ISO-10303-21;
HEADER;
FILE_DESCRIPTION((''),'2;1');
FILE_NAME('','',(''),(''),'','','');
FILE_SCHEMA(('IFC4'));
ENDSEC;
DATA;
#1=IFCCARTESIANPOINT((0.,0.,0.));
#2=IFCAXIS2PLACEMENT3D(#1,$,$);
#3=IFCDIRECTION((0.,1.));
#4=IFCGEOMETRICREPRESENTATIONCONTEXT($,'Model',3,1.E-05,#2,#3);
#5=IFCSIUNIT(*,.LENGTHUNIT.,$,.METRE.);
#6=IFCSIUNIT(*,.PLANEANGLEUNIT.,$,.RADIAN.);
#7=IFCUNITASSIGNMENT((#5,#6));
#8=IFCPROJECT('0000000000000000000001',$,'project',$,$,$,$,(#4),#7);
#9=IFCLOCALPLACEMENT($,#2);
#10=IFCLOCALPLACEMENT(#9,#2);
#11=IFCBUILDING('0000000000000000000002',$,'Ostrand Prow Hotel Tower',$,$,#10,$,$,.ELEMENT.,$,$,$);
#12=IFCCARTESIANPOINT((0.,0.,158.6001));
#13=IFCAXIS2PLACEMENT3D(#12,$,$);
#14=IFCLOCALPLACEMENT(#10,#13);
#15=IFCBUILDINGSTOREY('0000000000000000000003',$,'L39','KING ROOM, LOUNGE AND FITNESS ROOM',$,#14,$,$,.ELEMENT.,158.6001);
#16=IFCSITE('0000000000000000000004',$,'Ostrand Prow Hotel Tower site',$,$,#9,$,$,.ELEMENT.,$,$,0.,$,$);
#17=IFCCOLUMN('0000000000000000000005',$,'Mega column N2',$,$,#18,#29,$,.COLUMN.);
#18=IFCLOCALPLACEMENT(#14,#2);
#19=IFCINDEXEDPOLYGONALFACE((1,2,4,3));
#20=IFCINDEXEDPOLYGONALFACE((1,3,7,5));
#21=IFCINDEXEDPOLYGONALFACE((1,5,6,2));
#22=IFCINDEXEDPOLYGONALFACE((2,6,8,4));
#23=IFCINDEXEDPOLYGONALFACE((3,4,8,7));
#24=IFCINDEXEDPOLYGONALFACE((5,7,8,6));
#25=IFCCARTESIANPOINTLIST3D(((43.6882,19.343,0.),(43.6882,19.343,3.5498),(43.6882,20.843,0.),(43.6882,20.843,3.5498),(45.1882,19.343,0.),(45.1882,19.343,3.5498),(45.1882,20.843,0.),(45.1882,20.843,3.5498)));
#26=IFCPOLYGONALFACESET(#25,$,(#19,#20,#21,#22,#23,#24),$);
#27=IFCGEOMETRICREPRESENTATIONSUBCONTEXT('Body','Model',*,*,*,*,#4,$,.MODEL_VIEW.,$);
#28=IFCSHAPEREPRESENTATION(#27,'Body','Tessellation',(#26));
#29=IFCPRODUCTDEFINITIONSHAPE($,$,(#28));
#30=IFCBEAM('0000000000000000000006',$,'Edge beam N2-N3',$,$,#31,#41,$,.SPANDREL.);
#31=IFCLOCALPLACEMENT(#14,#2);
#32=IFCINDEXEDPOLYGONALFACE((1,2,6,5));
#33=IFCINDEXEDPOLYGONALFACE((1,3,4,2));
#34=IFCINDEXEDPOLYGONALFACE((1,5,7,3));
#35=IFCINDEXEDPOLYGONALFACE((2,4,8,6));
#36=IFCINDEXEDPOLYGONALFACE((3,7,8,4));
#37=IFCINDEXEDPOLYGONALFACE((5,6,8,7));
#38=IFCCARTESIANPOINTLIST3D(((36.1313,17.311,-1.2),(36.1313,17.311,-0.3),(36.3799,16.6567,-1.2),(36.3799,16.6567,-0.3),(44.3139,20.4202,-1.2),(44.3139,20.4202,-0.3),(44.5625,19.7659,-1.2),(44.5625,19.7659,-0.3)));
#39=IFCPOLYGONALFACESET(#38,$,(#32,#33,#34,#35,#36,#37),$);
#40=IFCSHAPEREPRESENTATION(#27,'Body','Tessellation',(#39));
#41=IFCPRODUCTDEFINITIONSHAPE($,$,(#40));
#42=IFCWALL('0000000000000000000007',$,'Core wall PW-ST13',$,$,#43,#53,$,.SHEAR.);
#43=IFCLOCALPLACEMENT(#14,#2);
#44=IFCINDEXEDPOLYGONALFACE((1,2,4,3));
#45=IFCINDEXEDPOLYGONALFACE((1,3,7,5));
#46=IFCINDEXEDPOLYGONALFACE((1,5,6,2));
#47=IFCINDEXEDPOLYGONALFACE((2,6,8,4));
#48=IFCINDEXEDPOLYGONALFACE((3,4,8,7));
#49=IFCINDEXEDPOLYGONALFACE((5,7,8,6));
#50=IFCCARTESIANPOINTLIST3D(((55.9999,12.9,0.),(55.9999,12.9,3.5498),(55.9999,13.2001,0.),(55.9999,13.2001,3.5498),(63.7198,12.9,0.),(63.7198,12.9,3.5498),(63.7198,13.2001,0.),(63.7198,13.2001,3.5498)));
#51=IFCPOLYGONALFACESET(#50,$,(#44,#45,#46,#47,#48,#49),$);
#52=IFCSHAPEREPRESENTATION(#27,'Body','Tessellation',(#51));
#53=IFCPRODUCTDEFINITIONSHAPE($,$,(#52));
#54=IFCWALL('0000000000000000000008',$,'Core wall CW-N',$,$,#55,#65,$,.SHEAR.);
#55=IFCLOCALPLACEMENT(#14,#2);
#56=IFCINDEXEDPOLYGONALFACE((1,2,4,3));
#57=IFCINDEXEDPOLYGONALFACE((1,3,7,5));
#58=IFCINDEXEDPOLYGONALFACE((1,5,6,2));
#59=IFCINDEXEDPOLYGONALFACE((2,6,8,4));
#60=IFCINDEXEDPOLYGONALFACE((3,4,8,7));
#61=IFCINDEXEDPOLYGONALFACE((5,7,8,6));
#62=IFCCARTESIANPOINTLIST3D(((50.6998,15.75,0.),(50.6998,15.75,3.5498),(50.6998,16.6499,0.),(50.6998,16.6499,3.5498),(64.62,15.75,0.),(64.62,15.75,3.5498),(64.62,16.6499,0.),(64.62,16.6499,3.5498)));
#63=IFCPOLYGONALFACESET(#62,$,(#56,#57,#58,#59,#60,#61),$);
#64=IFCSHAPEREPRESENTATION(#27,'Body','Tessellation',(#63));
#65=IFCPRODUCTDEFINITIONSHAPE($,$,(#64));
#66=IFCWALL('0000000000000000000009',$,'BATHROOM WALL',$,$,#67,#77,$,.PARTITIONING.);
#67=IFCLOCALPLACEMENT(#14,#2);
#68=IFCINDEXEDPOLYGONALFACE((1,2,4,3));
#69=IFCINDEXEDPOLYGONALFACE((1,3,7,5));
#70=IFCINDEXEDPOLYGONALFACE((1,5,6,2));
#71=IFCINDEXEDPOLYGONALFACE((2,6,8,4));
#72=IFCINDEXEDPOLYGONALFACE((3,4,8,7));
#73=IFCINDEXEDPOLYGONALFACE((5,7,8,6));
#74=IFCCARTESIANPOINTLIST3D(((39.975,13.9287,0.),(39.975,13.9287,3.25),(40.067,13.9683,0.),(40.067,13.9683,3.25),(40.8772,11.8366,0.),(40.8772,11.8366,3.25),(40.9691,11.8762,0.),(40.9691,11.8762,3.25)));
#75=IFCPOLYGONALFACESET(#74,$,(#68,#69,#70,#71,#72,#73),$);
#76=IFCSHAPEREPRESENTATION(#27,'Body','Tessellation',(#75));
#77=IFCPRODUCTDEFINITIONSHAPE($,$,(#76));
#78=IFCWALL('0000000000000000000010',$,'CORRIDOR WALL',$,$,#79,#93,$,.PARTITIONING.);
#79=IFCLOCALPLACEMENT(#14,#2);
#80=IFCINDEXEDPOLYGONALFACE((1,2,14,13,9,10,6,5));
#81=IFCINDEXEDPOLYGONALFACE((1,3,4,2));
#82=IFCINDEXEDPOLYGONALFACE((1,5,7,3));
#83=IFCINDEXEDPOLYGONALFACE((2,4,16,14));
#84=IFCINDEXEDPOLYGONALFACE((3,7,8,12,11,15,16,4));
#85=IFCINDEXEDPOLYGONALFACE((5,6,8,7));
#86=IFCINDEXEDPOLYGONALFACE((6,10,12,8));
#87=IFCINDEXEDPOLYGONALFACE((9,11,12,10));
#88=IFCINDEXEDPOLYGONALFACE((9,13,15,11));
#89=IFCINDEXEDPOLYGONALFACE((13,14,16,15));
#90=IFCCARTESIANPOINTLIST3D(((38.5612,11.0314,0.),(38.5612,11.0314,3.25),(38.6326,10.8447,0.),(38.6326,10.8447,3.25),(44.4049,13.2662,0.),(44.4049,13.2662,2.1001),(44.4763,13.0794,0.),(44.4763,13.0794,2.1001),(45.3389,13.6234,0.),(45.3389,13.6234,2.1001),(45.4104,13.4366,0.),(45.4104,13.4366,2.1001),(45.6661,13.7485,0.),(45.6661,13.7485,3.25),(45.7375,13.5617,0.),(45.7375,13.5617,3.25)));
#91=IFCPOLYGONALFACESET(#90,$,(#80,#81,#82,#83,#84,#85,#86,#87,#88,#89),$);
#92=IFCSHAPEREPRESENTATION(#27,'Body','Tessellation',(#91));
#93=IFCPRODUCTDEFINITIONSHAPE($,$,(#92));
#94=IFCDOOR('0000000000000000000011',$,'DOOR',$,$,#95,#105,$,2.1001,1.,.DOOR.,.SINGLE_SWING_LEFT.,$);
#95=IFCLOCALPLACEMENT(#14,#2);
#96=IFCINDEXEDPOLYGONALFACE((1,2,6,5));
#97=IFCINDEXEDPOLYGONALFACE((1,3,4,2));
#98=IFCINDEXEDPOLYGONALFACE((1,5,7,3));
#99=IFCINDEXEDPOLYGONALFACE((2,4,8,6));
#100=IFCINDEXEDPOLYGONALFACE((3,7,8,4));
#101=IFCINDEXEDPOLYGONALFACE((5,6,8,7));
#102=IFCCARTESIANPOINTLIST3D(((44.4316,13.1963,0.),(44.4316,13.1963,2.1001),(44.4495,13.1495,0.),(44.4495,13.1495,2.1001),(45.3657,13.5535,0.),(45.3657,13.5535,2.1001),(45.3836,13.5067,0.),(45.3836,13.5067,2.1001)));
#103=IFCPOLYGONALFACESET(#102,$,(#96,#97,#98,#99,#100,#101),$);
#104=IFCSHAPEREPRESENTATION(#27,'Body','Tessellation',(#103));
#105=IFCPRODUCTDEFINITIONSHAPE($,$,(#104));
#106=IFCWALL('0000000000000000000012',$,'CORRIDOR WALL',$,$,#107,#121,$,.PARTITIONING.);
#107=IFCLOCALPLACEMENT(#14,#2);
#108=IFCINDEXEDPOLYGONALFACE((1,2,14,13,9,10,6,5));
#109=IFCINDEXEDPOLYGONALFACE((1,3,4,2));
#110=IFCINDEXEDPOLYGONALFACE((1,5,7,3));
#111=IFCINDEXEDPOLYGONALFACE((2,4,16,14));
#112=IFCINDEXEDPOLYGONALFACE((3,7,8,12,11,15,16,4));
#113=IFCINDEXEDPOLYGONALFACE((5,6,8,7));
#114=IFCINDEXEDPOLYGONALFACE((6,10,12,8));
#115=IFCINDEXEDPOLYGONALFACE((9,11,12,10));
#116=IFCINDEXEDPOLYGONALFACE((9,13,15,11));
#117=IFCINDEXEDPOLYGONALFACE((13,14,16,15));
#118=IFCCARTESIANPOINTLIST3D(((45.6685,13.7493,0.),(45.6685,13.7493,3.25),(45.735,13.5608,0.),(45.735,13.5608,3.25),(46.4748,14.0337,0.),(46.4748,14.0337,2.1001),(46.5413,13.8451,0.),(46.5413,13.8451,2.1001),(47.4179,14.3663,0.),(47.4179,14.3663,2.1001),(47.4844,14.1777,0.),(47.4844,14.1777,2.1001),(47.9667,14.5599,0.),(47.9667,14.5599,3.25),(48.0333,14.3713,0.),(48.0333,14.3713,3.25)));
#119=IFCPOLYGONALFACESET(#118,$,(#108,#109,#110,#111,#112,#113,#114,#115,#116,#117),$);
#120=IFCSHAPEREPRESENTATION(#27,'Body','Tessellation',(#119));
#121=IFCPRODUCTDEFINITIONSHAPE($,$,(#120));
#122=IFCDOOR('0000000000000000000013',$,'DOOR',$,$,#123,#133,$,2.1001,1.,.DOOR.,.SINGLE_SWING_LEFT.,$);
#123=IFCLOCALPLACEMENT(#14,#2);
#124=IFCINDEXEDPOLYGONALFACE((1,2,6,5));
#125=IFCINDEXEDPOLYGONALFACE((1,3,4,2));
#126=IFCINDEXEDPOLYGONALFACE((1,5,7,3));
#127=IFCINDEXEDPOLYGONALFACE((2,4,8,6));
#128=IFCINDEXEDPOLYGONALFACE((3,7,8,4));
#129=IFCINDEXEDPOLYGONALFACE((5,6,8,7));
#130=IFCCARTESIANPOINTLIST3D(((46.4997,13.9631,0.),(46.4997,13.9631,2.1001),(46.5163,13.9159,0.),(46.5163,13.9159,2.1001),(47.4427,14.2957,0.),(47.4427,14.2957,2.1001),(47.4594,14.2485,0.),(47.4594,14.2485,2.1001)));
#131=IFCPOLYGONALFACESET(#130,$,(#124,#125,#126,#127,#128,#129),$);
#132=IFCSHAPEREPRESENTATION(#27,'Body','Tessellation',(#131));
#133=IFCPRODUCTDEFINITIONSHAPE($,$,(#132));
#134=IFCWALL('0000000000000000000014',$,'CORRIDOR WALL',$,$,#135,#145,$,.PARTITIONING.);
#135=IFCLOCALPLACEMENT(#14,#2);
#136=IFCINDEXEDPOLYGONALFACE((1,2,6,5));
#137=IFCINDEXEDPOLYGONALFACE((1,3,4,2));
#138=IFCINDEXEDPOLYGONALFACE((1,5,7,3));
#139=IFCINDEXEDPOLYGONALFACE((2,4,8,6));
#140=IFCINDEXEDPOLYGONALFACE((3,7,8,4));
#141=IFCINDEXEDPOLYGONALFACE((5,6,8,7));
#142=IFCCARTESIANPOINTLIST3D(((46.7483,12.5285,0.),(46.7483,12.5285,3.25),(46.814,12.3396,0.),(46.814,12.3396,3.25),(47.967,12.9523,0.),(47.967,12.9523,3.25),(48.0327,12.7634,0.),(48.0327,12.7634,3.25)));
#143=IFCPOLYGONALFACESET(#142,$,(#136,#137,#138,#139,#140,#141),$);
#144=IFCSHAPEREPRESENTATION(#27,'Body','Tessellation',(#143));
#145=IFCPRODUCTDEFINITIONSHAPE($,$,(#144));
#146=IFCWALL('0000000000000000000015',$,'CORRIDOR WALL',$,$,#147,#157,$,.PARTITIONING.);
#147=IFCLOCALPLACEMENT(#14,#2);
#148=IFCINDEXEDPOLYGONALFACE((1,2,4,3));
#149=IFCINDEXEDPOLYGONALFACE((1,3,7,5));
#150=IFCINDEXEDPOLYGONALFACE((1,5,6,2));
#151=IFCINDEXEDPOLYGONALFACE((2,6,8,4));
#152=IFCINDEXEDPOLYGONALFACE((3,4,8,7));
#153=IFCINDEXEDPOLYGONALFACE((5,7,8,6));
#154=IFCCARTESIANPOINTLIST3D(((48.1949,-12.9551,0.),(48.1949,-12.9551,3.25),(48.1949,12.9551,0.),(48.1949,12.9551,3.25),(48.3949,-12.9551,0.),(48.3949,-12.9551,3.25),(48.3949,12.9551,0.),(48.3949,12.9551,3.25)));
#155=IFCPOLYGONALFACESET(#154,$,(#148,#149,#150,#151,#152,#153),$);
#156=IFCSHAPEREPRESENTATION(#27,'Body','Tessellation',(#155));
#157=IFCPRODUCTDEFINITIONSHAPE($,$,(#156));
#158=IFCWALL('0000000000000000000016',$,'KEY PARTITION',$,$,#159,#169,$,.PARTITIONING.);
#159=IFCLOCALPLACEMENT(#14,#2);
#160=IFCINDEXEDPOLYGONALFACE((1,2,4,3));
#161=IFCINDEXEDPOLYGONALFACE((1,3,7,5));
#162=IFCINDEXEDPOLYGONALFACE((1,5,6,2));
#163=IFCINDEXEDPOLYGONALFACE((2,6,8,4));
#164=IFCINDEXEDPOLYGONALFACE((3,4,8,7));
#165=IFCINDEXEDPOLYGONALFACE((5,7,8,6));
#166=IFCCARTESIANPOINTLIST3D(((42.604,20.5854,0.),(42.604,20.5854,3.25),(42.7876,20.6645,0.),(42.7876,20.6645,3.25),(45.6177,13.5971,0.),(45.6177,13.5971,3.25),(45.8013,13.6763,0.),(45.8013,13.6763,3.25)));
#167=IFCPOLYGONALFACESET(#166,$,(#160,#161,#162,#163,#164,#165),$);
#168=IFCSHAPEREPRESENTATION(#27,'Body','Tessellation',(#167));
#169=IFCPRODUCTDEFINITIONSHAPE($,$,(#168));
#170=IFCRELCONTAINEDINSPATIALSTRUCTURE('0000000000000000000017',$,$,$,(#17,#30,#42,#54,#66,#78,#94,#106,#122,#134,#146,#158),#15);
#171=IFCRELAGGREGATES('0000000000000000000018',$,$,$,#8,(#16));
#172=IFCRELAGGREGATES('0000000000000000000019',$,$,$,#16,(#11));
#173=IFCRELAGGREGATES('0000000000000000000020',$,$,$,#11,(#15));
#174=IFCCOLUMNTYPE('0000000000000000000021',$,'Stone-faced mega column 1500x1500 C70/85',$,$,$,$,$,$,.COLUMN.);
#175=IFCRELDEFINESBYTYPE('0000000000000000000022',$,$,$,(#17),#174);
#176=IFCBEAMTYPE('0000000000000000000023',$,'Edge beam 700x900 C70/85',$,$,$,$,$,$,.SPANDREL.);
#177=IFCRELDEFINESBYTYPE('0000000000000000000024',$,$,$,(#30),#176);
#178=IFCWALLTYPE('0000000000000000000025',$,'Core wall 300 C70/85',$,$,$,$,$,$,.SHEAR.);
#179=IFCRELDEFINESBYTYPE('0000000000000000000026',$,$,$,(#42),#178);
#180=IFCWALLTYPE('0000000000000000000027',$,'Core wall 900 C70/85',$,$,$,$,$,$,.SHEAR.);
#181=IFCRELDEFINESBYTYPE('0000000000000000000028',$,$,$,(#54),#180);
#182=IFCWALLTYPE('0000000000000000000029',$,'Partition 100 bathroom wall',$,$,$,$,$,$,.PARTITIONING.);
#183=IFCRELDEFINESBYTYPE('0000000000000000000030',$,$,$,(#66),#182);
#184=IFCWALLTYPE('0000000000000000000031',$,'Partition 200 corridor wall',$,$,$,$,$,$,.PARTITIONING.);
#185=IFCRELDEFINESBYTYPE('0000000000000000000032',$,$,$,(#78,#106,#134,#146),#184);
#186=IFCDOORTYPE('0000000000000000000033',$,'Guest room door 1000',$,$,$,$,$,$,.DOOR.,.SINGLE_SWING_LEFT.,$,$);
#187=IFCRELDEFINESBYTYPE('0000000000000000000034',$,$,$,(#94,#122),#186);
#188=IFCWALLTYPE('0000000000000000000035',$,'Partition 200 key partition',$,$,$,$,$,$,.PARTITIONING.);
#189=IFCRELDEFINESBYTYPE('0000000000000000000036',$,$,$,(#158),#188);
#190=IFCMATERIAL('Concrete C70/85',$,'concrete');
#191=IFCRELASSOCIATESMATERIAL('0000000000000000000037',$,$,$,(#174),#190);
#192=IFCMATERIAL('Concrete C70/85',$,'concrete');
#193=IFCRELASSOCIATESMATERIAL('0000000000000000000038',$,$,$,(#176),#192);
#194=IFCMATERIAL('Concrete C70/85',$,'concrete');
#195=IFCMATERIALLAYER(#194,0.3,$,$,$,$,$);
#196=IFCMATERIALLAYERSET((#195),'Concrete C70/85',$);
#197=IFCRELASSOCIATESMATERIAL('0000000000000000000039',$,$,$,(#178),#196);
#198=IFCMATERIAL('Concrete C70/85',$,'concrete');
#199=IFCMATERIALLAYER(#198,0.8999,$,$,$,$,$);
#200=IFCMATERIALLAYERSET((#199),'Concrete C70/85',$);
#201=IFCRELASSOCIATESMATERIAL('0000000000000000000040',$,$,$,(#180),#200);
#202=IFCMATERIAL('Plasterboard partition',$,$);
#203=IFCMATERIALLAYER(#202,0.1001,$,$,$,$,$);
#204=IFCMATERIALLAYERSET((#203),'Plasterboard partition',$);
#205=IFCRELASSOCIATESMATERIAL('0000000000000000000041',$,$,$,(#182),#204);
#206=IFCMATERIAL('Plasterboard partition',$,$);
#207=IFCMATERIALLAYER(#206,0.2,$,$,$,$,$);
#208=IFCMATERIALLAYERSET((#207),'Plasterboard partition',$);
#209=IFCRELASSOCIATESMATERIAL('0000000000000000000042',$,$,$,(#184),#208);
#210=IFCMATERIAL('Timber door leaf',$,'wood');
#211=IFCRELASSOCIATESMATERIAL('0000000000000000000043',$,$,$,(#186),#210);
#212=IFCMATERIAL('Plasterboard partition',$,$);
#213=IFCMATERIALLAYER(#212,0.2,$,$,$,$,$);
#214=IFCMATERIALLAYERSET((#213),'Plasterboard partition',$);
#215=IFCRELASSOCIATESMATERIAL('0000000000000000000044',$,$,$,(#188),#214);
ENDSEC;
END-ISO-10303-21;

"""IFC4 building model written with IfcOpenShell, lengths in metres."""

from ifc_helpers import new_model, si_unit, direction, frame, frame_2d, origin, origin_2d, place, context, subcontext, project, spatial, rectangle, extrude, material, layer, layer_set, material_profile, profile_set, type_object, element, fill, save


model = new_model("IFC4")

# Units and contexts
model_context = context("Model", 3, precision=1e-05, world=origin(), true_north=direction((0.0, 1.0)))
body_context = subcontext(model_context, "Body", "Model", "MODEL_VIEW")
ifc_project = project(units=[si_unit("LENGTHUNIT", "METRE"), si_unit("PLANEANGLEUNIT", "RADIAN")], contexts=[model_context])

# Site, building, storey
site_placement = place(None, origin())
site = spatial("IfcSite", under=ifc_project, at=site_placement, Name="Ostrand Prow Hotel Tower site", CompositionType="ELEMENT", RefElevation=0.0)
building_placement = place(site_placement, origin())
building = spatial("IfcBuilding", under=site, at=building_placement, Name="Ostrand Prow Hotel Tower", CompositionType="ELEMENT")
storey_placement = place(building_placement, frame((0.0, 0.0, 158.6001)))
storey = spatial("IfcBuildingStorey", under=building, at=storey_placement, Name="L39", Description="KING ROOM, LOUNGE AND FITNESS ROOM", CompositionType="ELEMENT", Elevation=158.6001)

# Column
ifc_material_1 = material(Name="Concrete C70/85", Category="concrete")
ifc_material_profile_1 = material_profile(ifc_material_1, rectangle(XDim=1.5, YDim=1.5, at=origin_2d()), Name="RC 1500x1500")
ifc_profile_set_1 = profile_set([ifc_material_profile_1], Name="Concrete C70/85")
column_type = type_object("IfcColumnType", Name="Stone-faced mega column 1500x1500 C70/85", PredefinedType="COLUMN", material=ifc_profile_set_1)
column_placement = place(storey_placement, frame((44.4382, 20.093, 0.0), z_axis=(0.0, 0.0, 1.0), x_axis=(1.0, 0.0, 0.0)))
element("IfcColumn", 1, at=column_placement, inside=storey, type_object=column_type, Name="Mega column N2", PredefinedType="COLUMN", context=body_context, shape_type="SweptSolid", body=[
    extrude(rectangle(XDim=1.5, YDim=1.5, at=origin_2d()), origin(), (0.0, 0.0, 1.0), 3.5498),
])

# Beam
ifc_material_2 = material(Name="Concrete C70/85", Category="concrete")
ifc_material_profile_2 = material_profile(ifc_material_2, rectangle(XDim=0.7, YDim=0.8999, at=origin_2d()), Name="RC 700x900")
ifc_profile_set_2 = profile_set([ifc_material_profile_2], Name="Concrete C70/85")
beam_type = type_object("IfcBeamType", Name="Edge beam 700x900 C70/85", PredefinedType="SPANDREL", material=ifc_profile_set_2)
beam_placement = place(storey_placement, frame((44.4382, 20.093, -0.75), z_axis=(-0.934794, -0.355191, 0.0), x_axis=(0.355191, -0.934794, 0.0)))
element("IfcBeam", 2, at=beam_placement, inside=storey, type_object=beam_type, Name="Edge beam N2-N3", PredefinedType="SPANDREL", context=body_context, shape_type="SweptSolid", body=[
    extrude(rectangle(XDim=0.7, YDim=0.8999, at=origin_2d()), origin(), (0.0, 0.0, 1.0), 8.7534),
])

# Walls
ifc_material_3 = material(Name="Concrete C70/85", Category="concrete")
ifc_layer_1 = layer(ifc_material_3, 0.3)
ifc_layer_set_1 = layer_set([ifc_layer_1], Name="Concrete C70/85")
wall_type_1 = type_object("IfcWallType", Name="Core wall 300 C70/85", PredefinedType="SHEAR", material=ifc_layer_set_1)
wall_1_placement = place(storey_placement, frame((56.0, 13.05, 0.0), z_axis=(0.0, 0.0, 1.0), x_axis=(1.0, 0.0, 0.0)))
element("IfcWall", 3, at=wall_1_placement, inside=storey, type_object=wall_type_1, Name="Core wall PW-ST13", PredefinedType="SHEAR", context=body_context, shape_type="SweptSolid", body=[
    extrude(rectangle(XDim=7.72, YDim=0.3, at=frame_2d((3.8599, 0.0))), origin(), (0.0, 0.0, 1.0), 3.5498),
])
ifc_material_4 = material(Name="Concrete C70/85", Category="concrete")
ifc_layer_2 = layer(ifc_material_4, 0.8999)
ifc_layer_set_2 = layer_set([ifc_layer_2], Name="Concrete C70/85")
wall_type_2 = type_object("IfcWallType", Name="Core wall 900 C70/85", PredefinedType="SHEAR", material=ifc_layer_set_2)
wall_2_placement = place(storey_placement, frame((50.7, 16.2, 0.0), z_axis=(0.0, 0.0, 1.0), x_axis=(1.0, 0.0, 0.0)))
element("IfcWall", 4, at=wall_2_placement, inside=storey, type_object=wall_type_2, Name="Core wall CW-N", PredefinedType="SHEAR", context=body_context, shape_type="SweptSolid", body=[
    extrude(rectangle(XDim=13.9202, YDim=0.8999, at=frame_2d((6.96, 0.0))), origin(), (0.0, 0.0, 1.0), 3.5498),
])
ifc_material_5 = material(Name="Plasterboard partition")
ifc_layer_3 = layer(ifc_material_5, 0.1001)
ifc_layer_set_3 = layer_set([ifc_layer_3], Name="Plasterboard partition")
wall_type_3 = type_object("IfcWallType", Name="Partition 100 bathroom wall", PredefinedType="PARTITIONING", material=ifc_layer_set_3)
wall_3_placement = place(storey_placement, frame((40.021, 13.9485, 0.0), z_axis=(0.0, 0.0, 1.0), x_axis=(0.395962, -0.918267, 0.0)))
element("IfcWall", 5, at=wall_3_placement, inside=storey, type_object=wall_type_3, Name="BATHROOM WALL", PredefinedType="PARTITIONING", context=body_context, shape_type="SweptSolid", body=[
    extrude(rectangle(XDim=2.2783, YDim=0.1001, at=frame_2d((1.1392, 0.0))), origin(), (0.0, 0.0, 1.0), 3.25),
])

# Walls, openings, doors
ifc_material_6 = material(Name="Plasterboard partition")
ifc_layer_4 = layer(ifc_material_6, 0.2)
ifc_layer_set_4 = layer_set([ifc_layer_4], Name="Plasterboard partition")
wall_type_4 = type_object("IfcWallType", Name="Partition 200 corridor wall", PredefinedType="PARTITIONING", material=ifc_layer_set_4)
wall_4_placement = place(storey_placement, frame((45.7017, 13.655, 0.0), z_axis=(0.0, 0.0, 1.0), x_axis=(-0.934033, -0.357187, 0.0)))
wall_4 = element("IfcWall", 6, at=wall_4_placement, inside=storey, type_object=wall_type_4, Name="CORRIDOR WALL", PredefinedType="PARTITIONING", context=body_context, shape_type="SweptSolid", body=[
    extrude(rectangle(XDim=7.6067, YDim=0.2, at=frame_2d((3.8032, 0.0))), origin(), (0.0, 0.0, 1.0), 3.25),
])
opening_1_placement = place(wall_4_placement, frame((0.3501, 0.0, 0.0)))
opening_1 = element("IfcOpeningElement", 7, at=opening_1_placement, cuts=wall_4, PredefinedType="OPENING", context=body_context, shape_type="SweptSolid", body=[
    extrude(rectangle(XDim=1.0, YDim=2.1001, at=frame_2d((0.5, 1.05))), frame((0.0, 0.1099, 0.0), z_axis=(0.0, -1.0, 0.0), x_axis=(1.0, 0.0, 0.0)), (0.0, 0.0, 1.0), 0.22),
])
ifc_material_7 = material(Name="Timber door leaf", Category="wood")
door_type = type_object("IfcDoorType", Name="Guest room door 1000", OperationType="SINGLE_SWING_LEFT", PredefinedType="DOOR", material=ifc_material_7)
door_1_placement = place(opening_1_placement, origin())
door_1 = element("IfcDoor", 8, at=door_1_placement, inside=storey, type_object=door_type, Name="DOOR", OperationType="SINGLE_SWING_LEFT", OverallHeight=2.1001, OverallWidth=1.0, PredefinedType="DOOR", context=body_context, shape_type="SweptSolid", body=[
    extrude(rectangle(XDim=1.0, YDim=2.1001, at=frame_2d((0.5, 1.05))), frame((0.0, 0.0249, 0.0), z_axis=(0.0, -1.0, 0.0), x_axis=(1.0, 0.0, 0.0)), (0.0, 0.0, 1.0), 0.05),
])
fill(opening_1, door_1)
wall_5_placement = place(storey_placement, frame((48.0, 14.4656, 0.0), z_axis=(0.0, 0.0, 1.0), x_axis=(-0.943072, -0.33259, 0.0)))
wall_5 = element("IfcWall", 9, at=wall_5_placement, inside=storey, type_object=wall_type_4, Name="CORRIDOR WALL", PredefinedType="PARTITIONING", context=body_context, shape_type="SweptSolid", body=[
    extrude(rectangle(XDim=2.437, YDim=0.2, at=frame_2d((1.2185, 0.0))), origin(), (0.0, 0.0, 1.0), 3.25),
])
opening_2_placement = place(wall_5_placement, frame((0.582, 0.0, 0.0)))
opening_2 = element("IfcOpeningElement", 10, at=opening_2_placement, cuts=wall_5, PredefinedType="OPENING", context=body_context, shape_type="SweptSolid", body=[
    extrude(rectangle(XDim=1.0, YDim=2.1001, at=frame_2d((0.5, 1.05))), frame((0.0, 0.1099, 0.0), z_axis=(0.0, -1.0, 0.0), x_axis=(1.0, 0.0, 0.0)), (0.0, 0.0, 1.0), 0.22),
])
door_2_placement = place(opening_2_placement, origin())
door_2 = element("IfcDoor", 11, at=door_2_placement, inside=storey, type_object=door_type, Name="DOOR", OperationType="SINGLE_SWING_LEFT", OverallHeight=2.1001, OverallWidth=1.0, PredefinedType="DOOR", context=body_context, shape_type="SweptSolid", body=[
    extrude(rectangle(XDim=1.0, YDim=2.1001, at=frame_2d((0.5, 1.05))), frame((0.0, 0.0249, 0.0), z_axis=(0.0, -1.0, 0.0), x_axis=(1.0, 0.0, 0.0)), (0.0, 0.0, 1.0), 0.05),
])
fill(opening_2, door_2)

# Walls
wall_6_placement = place(storey_placement, frame((46.7812, 12.4341, 0.0), z_axis=(0.0, 0.0, 1.0), x_axis=(0.944517, 0.328462, 0.0)))
element("IfcWall", 12, at=wall_6_placement, inside=storey, type_object=wall_type_4, Name="CORRIDOR WALL", PredefinedType="PARTITIONING", context=body_context, shape_type="SweptSolid", body=[
    extrude(rectangle(XDim=1.2903, YDim=0.2, at=frame_2d((0.645, 0.0))), origin(), (0.0, 0.0, 1.0), 3.25),
])
wall_7_placement = place(storey_placement, frame((48.2949, 12.9551, 0.0), z_axis=(0.0, 0.0, 1.0), x_axis=(0.0, -1.0, 0.0)))
element("IfcWall", 13, at=wall_7_placement, inside=storey, type_object=wall_type_4, Name="CORRIDOR WALL", PredefinedType="PARTITIONING", context=body_context, shape_type="SweptSolid", body=[
    extrude(rectangle(XDim=25.9102, YDim=0.2, at=frame_2d((12.9551, 0.0))), origin(), (0.0, 0.0, 1.0), 3.25),
])
ifc_material_8 = material(Name="Plasterboard partition")
ifc_layer_5 = layer(ifc_material_8, 0.2)
ifc_layer_set_5 = layer_set([ifc_layer_5], Name="Plasterboard partition")
wall_type_5 = type_object("IfcWallType", Name="Partition 200 key partition", PredefinedType="PARTITIONING", material=ifc_layer_set_5)
wall_8_placement = place(storey_placement, frame((45.7095, 13.6367, 0.0), z_axis=(0.0, 0.0, 1.0), x_axis=(-0.395994, 0.918253, 0.0)))
element("IfcWall", 14, at=wall_8_placement, inside=storey, type_object=wall_type_5, Name="KEY PARTITION", PredefinedType="PARTITIONING", context=body_context, shape_type="SweptSolid", body=[
    extrude(rectangle(XDim=7.6104, YDim=0.2, at=frame_2d((3.8052, 0.0))), origin(), (0.0, 0.0, 1.0), 3.25),
])

save(model, "model.ifc")
